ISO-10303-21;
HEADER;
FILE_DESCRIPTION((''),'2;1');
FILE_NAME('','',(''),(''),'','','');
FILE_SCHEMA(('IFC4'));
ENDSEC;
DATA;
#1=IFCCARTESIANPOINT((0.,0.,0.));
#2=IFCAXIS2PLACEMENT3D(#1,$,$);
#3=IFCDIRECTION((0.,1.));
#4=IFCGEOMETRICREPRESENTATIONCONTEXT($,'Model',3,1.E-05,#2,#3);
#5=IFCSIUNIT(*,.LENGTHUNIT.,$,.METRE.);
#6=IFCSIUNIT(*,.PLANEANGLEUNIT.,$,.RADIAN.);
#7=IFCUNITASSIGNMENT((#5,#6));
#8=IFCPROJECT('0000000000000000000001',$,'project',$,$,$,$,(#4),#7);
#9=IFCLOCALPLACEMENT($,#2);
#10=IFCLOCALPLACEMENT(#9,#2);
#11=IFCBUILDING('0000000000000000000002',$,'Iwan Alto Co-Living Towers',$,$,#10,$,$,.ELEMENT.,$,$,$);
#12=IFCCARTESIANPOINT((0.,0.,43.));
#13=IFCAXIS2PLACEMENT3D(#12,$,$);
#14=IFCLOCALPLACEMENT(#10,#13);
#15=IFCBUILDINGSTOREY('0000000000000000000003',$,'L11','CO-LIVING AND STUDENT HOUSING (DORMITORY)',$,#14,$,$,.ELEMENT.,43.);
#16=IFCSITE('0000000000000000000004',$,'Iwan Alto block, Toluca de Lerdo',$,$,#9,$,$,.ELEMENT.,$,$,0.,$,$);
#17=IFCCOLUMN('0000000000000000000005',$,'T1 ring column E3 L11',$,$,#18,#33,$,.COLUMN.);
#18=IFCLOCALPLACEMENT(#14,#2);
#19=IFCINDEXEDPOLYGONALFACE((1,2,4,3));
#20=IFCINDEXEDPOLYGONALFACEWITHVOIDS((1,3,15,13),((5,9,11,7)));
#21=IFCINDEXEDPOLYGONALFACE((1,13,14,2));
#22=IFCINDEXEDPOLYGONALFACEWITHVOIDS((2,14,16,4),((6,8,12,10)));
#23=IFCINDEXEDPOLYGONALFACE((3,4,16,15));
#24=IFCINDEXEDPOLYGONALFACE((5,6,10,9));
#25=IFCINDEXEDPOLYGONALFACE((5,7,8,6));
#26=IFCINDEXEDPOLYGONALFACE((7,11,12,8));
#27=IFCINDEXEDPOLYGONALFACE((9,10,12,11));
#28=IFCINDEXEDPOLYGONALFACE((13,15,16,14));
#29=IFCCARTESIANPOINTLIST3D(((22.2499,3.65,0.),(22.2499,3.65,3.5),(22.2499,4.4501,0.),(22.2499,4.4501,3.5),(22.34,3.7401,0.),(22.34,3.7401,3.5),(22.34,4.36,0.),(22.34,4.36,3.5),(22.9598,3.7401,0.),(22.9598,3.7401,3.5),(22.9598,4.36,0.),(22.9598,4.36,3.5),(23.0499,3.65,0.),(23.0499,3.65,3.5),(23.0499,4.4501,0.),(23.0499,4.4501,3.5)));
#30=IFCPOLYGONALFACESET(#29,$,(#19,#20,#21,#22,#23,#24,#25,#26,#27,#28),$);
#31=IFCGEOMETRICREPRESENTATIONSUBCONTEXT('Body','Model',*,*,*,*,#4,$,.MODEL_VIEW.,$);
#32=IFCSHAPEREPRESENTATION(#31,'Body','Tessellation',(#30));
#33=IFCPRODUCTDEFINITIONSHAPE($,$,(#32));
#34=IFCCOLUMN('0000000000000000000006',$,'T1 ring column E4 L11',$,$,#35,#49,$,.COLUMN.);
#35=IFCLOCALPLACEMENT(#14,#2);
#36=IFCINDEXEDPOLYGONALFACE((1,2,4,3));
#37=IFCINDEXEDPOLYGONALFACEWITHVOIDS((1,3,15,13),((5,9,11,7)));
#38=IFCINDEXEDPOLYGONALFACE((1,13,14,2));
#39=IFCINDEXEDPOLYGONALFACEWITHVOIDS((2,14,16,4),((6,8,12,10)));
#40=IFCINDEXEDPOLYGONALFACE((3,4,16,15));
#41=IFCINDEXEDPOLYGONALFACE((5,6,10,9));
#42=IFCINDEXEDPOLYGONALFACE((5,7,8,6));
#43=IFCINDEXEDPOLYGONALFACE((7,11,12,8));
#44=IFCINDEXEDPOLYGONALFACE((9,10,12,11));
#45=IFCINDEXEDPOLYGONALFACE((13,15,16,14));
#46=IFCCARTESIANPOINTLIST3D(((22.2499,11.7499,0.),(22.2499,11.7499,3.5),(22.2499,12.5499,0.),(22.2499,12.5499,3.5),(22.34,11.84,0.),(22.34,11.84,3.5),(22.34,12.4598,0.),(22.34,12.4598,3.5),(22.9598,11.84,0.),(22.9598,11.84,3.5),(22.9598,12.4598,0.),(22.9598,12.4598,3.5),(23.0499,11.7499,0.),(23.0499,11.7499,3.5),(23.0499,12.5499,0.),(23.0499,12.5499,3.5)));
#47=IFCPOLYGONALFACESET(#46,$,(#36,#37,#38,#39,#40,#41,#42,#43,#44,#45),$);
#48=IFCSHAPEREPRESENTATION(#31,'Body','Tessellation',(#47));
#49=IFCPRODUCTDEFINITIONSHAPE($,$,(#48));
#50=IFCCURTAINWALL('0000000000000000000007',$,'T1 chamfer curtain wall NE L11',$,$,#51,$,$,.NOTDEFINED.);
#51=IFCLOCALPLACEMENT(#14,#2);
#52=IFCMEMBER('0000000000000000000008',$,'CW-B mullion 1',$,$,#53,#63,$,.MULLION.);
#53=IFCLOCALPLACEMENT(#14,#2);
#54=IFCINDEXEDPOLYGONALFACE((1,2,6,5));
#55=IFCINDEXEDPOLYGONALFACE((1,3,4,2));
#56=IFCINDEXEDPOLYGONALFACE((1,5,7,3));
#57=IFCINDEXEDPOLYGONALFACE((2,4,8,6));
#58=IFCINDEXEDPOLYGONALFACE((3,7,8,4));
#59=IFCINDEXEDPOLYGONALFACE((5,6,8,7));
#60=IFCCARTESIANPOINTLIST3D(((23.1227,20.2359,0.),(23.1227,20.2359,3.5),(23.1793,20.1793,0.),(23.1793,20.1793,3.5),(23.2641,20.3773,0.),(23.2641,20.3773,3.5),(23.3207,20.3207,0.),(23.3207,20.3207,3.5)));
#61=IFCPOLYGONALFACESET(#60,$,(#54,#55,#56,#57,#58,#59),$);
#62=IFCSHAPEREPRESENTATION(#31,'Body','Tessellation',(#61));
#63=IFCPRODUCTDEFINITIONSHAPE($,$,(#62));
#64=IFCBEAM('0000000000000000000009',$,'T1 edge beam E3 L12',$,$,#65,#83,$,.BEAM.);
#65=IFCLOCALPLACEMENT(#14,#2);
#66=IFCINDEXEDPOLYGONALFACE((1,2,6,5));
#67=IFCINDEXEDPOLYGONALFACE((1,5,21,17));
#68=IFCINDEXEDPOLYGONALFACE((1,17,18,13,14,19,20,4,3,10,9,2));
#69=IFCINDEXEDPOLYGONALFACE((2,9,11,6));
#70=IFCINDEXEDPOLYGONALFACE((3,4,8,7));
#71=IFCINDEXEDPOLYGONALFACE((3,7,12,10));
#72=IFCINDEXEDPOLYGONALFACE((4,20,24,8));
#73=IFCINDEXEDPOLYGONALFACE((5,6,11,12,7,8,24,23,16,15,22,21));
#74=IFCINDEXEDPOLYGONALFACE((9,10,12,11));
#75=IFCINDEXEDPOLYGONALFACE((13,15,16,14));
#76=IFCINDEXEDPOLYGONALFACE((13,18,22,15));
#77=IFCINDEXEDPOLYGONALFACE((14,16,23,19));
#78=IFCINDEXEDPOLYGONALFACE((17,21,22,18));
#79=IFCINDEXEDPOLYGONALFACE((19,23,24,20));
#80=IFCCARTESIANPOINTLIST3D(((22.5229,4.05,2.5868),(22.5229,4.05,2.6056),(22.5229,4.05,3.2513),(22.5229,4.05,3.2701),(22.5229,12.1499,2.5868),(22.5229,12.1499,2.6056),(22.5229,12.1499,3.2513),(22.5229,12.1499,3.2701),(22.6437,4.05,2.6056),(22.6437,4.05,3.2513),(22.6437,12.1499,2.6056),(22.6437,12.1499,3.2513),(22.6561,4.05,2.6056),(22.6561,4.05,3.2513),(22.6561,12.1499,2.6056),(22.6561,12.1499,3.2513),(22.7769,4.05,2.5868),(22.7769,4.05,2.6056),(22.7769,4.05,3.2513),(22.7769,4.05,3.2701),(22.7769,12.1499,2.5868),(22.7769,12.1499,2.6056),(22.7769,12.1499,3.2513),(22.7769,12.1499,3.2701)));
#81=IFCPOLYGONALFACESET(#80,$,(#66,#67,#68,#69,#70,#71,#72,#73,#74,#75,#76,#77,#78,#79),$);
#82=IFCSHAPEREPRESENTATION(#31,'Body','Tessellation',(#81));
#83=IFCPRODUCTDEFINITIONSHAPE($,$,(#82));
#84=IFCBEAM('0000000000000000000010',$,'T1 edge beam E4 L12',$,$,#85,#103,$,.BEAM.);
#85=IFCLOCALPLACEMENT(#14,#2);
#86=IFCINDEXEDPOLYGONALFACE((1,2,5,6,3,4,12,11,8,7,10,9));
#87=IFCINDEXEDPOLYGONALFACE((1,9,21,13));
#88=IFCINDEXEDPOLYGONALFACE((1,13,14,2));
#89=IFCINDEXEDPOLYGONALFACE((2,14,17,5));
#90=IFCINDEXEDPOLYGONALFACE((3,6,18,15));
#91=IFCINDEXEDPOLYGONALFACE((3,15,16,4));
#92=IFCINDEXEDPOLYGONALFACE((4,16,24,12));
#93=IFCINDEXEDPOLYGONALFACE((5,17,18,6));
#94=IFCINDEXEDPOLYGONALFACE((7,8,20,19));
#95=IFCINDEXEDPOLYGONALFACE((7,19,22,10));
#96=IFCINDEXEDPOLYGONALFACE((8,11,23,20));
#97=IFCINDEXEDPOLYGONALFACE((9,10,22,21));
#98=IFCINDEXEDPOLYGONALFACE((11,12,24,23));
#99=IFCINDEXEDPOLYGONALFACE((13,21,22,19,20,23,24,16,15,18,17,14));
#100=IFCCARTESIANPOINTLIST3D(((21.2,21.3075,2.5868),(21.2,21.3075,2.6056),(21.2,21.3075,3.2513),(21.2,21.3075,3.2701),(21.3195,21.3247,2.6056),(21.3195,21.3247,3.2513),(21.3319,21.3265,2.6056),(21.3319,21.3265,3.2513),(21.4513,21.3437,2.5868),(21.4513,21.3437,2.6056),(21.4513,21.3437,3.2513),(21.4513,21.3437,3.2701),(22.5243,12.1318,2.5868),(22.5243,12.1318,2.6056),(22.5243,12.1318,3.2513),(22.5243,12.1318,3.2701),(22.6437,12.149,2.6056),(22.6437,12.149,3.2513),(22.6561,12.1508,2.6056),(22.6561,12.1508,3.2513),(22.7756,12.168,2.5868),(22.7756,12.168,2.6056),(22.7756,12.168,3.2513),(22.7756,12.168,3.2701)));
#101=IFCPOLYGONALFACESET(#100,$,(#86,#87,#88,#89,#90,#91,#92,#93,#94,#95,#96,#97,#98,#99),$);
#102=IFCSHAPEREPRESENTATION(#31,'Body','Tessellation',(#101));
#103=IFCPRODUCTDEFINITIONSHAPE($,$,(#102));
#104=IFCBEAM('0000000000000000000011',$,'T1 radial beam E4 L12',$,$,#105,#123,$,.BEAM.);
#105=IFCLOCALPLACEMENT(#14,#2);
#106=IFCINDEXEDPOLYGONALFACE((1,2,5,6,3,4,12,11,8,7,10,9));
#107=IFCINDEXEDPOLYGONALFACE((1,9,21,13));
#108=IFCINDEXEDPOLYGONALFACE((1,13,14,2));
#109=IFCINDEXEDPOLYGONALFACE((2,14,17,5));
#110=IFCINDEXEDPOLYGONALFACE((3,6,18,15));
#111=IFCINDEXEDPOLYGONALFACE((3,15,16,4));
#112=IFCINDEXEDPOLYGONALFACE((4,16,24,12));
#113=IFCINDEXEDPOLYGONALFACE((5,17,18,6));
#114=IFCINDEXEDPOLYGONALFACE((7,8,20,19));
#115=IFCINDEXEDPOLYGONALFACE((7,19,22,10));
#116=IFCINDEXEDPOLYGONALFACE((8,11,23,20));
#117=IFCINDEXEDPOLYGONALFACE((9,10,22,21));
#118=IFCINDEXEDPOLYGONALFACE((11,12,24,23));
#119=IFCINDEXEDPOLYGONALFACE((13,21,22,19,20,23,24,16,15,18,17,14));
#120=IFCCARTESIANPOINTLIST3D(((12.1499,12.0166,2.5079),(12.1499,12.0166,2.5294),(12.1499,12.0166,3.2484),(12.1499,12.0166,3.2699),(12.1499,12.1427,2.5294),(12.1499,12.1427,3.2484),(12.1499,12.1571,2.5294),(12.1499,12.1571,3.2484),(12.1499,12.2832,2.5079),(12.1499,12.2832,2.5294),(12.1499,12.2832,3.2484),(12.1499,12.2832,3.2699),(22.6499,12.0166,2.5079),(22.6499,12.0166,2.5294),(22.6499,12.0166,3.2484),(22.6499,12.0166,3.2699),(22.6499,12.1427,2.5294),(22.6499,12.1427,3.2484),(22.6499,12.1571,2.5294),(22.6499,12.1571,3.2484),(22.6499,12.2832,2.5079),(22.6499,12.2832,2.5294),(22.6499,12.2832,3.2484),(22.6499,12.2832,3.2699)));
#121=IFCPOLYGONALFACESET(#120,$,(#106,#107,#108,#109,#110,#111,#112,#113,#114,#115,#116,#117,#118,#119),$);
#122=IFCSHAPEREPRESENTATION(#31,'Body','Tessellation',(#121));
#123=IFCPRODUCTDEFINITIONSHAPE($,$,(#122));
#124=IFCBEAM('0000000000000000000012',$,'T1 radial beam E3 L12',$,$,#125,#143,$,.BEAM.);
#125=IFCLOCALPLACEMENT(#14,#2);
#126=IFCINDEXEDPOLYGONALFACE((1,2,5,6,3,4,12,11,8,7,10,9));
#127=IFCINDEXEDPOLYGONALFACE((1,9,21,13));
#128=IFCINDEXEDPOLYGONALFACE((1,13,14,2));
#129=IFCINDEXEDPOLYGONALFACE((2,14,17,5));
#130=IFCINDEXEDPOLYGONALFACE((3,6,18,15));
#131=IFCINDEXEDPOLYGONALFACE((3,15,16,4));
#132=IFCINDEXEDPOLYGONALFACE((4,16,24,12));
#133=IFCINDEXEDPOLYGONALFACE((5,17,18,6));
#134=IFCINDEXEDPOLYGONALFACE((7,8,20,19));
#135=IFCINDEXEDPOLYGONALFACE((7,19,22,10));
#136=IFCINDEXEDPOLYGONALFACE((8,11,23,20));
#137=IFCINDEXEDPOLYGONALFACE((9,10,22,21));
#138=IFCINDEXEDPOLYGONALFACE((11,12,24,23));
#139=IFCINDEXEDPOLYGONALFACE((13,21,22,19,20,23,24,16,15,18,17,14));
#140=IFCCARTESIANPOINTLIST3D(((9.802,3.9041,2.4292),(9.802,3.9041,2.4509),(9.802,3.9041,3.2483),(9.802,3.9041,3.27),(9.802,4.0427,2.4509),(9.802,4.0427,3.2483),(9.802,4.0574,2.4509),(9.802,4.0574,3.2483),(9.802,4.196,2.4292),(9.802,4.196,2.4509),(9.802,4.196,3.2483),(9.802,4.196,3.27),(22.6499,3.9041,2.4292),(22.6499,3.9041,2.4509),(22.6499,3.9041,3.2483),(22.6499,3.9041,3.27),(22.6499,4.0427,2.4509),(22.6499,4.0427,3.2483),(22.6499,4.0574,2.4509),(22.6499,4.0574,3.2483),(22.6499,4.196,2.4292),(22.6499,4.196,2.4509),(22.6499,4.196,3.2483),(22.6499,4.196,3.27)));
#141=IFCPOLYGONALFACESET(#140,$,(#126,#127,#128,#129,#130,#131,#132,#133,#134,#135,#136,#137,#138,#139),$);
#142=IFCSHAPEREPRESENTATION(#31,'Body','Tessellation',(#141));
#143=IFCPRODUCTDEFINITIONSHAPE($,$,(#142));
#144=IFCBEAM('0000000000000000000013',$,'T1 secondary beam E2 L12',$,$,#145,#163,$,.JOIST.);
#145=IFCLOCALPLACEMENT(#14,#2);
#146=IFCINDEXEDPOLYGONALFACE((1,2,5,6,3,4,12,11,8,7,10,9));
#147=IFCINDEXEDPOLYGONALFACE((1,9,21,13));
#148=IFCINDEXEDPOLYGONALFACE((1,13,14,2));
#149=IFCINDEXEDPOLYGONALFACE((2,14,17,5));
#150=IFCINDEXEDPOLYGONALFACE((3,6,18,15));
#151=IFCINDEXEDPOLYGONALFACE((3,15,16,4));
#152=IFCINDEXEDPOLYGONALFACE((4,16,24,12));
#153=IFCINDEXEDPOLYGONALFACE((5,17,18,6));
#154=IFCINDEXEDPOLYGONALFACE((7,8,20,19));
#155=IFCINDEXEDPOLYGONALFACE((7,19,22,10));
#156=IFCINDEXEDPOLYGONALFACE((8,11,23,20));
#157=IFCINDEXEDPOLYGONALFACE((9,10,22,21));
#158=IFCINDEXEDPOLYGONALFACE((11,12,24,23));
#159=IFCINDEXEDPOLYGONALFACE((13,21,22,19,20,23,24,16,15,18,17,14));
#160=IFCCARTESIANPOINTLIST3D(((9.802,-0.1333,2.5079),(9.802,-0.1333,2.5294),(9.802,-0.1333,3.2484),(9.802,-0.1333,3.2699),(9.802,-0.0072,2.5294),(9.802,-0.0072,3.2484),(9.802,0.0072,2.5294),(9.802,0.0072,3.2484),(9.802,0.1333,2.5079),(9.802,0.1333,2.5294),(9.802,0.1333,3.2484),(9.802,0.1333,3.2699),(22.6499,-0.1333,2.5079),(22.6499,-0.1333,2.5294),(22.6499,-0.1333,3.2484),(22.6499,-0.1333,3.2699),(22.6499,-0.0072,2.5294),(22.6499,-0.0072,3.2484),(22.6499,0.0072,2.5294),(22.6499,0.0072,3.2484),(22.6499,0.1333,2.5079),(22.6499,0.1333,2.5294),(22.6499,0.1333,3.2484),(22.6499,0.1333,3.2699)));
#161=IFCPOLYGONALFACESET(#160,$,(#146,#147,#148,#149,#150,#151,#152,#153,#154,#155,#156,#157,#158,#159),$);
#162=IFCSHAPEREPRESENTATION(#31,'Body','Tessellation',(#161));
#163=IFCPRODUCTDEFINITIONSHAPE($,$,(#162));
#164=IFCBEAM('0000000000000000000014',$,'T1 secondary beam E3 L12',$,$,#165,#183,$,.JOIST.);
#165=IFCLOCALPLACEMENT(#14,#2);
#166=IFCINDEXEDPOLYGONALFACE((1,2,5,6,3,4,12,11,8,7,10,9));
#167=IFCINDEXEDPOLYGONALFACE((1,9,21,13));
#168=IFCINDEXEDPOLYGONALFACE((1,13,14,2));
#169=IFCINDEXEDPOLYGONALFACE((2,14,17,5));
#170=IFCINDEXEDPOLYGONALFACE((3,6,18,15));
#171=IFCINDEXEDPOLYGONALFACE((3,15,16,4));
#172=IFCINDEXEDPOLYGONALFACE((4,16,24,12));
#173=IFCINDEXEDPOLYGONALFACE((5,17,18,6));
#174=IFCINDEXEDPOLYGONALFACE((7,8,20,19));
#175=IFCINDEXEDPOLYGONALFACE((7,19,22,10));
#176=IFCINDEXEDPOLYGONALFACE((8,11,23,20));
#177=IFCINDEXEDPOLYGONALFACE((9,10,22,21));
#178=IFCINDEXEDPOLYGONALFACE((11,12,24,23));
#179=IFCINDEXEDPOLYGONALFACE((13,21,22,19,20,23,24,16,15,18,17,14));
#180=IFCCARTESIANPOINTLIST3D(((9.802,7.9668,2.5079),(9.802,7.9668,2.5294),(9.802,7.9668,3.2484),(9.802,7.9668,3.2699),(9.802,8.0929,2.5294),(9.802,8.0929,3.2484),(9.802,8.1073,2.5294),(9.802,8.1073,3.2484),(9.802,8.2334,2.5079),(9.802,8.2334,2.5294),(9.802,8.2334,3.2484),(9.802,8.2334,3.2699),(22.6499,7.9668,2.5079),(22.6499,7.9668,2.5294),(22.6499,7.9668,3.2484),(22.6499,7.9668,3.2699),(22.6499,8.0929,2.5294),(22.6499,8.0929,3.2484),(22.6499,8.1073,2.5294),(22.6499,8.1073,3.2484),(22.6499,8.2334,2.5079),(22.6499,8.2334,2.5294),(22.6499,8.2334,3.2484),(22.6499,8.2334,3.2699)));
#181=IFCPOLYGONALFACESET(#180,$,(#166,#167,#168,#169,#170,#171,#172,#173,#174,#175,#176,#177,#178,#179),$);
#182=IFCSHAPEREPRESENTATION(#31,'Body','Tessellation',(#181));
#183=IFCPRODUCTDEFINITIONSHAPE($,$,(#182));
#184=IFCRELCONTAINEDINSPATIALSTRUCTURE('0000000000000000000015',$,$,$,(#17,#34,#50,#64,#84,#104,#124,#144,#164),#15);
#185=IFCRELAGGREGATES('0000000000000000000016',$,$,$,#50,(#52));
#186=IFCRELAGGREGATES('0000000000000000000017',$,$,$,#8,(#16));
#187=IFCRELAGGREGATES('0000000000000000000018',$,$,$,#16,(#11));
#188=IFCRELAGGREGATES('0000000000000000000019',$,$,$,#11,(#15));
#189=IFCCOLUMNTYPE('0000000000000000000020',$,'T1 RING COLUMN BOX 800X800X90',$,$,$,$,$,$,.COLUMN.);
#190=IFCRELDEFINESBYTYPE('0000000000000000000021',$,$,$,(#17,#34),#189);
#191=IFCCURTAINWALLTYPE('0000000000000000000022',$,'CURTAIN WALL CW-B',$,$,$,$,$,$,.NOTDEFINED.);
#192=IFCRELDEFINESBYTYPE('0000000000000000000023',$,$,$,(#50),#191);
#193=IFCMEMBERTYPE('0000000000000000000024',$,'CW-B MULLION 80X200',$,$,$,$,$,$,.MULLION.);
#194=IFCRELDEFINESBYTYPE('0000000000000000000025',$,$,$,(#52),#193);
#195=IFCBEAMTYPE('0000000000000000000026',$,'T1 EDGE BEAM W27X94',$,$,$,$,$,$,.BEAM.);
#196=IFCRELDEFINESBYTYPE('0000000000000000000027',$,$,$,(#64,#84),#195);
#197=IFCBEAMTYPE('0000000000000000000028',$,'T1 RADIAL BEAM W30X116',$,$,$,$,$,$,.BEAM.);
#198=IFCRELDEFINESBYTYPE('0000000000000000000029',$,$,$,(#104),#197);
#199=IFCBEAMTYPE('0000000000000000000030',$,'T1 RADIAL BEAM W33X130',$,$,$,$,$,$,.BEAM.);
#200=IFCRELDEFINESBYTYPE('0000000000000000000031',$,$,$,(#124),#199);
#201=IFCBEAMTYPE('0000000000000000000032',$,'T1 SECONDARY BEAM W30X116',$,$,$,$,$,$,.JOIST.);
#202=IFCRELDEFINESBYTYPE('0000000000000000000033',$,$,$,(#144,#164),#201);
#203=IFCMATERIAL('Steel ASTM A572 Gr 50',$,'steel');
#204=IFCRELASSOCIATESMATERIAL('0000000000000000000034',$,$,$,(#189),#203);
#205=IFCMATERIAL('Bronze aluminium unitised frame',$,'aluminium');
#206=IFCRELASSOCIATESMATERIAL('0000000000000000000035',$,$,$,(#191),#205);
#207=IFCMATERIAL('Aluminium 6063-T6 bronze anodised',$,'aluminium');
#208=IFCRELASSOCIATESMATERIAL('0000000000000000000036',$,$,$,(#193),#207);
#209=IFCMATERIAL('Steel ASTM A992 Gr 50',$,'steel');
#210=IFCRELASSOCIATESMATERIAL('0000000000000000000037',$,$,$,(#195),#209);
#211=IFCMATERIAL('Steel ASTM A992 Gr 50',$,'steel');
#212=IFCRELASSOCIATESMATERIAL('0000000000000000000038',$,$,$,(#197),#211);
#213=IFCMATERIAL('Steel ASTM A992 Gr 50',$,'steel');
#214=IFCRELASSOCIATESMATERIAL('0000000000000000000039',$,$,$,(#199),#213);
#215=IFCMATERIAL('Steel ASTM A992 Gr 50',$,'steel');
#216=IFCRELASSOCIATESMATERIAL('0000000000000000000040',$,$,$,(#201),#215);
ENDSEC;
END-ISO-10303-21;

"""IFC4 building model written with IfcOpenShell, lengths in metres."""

from ifc_helpers import new_model, si_unit, direction, frame, origin, origin_2d, place, context, subcontext, project, spatial, rectangle, hollow_rectangle, i_section, extrude, material, material_profile, profile_set, type_object, element, aggregate, save


model = new_model("IFC4")

# Units and contexts
model_context = context("Model", 3, precision=1e-05, world=origin(), true_north=direction((0.0, 1.0)))
body_context = subcontext(model_context, "Body", "Model", "MODEL_VIEW")
ifc_project = project(units=[si_unit("LENGTHUNIT", "METRE"), si_unit("PLANEANGLEUNIT", "RADIAN")], contexts=[model_context])

# Site, building, storey
site_placement = place(None, origin())
site = spatial("IfcSite", under=ifc_project, at=site_placement, Name="Iwan Alto block, Toluca de Lerdo", CompositionType="ELEMENT", RefElevation=0.0)
building_placement = place(site_placement, origin())
building = spatial("IfcBuilding", under=site, at=building_placement, Name="Iwan Alto Co-Living Towers", CompositionType="ELEMENT")
storey_placement = place(building_placement, frame((0.0, 0.0, 43.0)))
storey = spatial("IfcBuildingStorey", under=building, at=storey_placement, Name="L11", Description="CO-LIVING AND STUDENT HOUSING (DORMITORY)", CompositionType="ELEMENT", Elevation=43.0)

# Columns
ifc_material_1 = material(Name="Steel ASTM A572 Gr 50", Category="steel")
ifc_material_profile_1 = material_profile(ifc_material_1, hollow_rectangle(XDim=0.8, YDim=0.8, WallThickness=0.0901, at=origin_2d()), Name="BOX 800X800X90")
ifc_profile_set_1 = profile_set([ifc_material_profile_1], Name="Steel ASTM A572 Gr 50")
column_type = type_object("IfcColumnType", Name="T1 RING COLUMN BOX 800X800X90", PredefinedType="COLUMN", material=ifc_profile_set_1)
for number, where, z_axis, x_axis, name in (
    (1, (22.6499, 4.05, 0.0), (0.0, 0.0, 1.0), (1.0, 0.0, 0.0), "T1 ring column E3 L11"),
    (2, (22.6499, 12.1499, 0.0), (0.0, 0.0, 1.0), (1.0, 0.0, 0.0), "T1 ring column E4 L11"),
):
    element("IfcColumn", number, at=place(storey_placement, frame(where, z_axis=z_axis, x_axis=x_axis)), inside=storey, type_object=column_type, Name=name, PredefinedType="COLUMN", context=body_context, shape_type="SweptSolid", body=[
        extrude(hollow_rectangle(XDim=0.8, YDim=0.8, WallThickness=0.0901, at=origin_2d()), origin(), (0.0, 0.0, 1.0), 3.5),
    ])

# Curtain wall, member
ifc_material_2 = material(Name="Bronze aluminium unitised frame", Category="aluminium")
curtain_wall_type = type_object("IfcCurtainWallType", Name="CURTAIN WALL CW-B", PredefinedType="NOTDEFINED", material=ifc_material_2)
curtain_wall_placement = place(storey_placement, origin())
curtain_wall = element("IfcCurtainWall", 3, at=curtain_wall_placement, inside=storey, type_object=curtain_wall_type, Name="T1 chamfer curtain wall NE L11", PredefinedType="NOTDEFINED")
ifc_material_3 = material(Name="Aluminium 6063-T6 bronze anodised", Category="aluminium")
ifc_material_profile_2 = material_profile(ifc_material_3, rectangle(XDim=0.2, YDim=0.0801, at=origin_2d()), Name="AL 80X200")
ifc_profile_set_2 = profile_set([ifc_material_profile_2], Name="Aluminium 6063-T6 bronze anodised")
member_type = type_object("IfcMemberType", Name="CW-B MULLION 80X200", PredefinedType="MULLION", material=ifc_profile_set_2)
member_placement = place(storey_placement, frame((23.2217, 20.2783, 0.0), z_axis=(0.0, 0.0, 1.0), x_axis=(-0.707107, -0.707107, 0.0)))
member = element("IfcMember", 4, at=member_placement, type_object=member_type, Name="CW-B mullion 1", PredefinedType="MULLION", context=body_context, shape_type="SweptSolid", body=[
    extrude(rectangle(XDim=0.2, YDim=0.0801, at=origin_2d()), origin(), (0.0, 0.0, 1.0), 3.5),
])
aggregate(curtain_wall, [member])

# Beams
ifc_material_4 = material(Name="Steel ASTM A992 Gr 50", Category="steel")
ifc_material_profile_3 = material_profile(ifc_material_4, i_section(OverallWidth=0.2539, OverallDepth=0.6833, WebThickness=0.0125, FlangeThickness=0.0188, at=origin_2d()), Name="W27X94")
ifc_profile_set_3 = profile_set([ifc_material_profile_3], Name="Steel ASTM A992 Gr 50")
beam_type_1 = type_object("IfcBeamType", Name="T1 EDGE BEAM W27X94", PredefinedType="BEAM", material=ifc_profile_set_3)
beam_1_placement = place(storey_placement, frame((22.6499, 4.05, 2.9285), z_axis=(0.0, 1.0, 0.0), x_axis=(-1.0, 0.0, 0.0)))
element("IfcBeam", 5, at=beam_1_placement, inside=storey, type_object=beam_type_1, Name="T1 edge beam E3 L12", PredefinedType="BEAM", context=body_context, shape_type="SweptSolid", body=[
    extrude(i_section(OverallWidth=0.2539, OverallDepth=0.6833, WebThickness=0.0125, FlangeThickness=0.0188, at=origin_2d()), origin(), (0.0, 0.0, 1.0), 8.0999),
])
beam_2_placement = place(storey_placement, frame((22.6499, 12.1499, 2.9285), z_axis=(-0.142837, 0.989746, 0.0), x_axis=(-0.989746, -0.142837, 0.0)))
element("IfcBeam", 6, at=beam_2_placement, inside=storey, type_object=beam_type_1, Name="T1 edge beam E4 L12", PredefinedType="BEAM", context=body_context, shape_type="SweptSolid", body=[
    extrude(i_section(OverallWidth=0.2539, OverallDepth=0.6833, WebThickness=0.0125, FlangeThickness=0.0188, at=origin_2d()), origin(), (0.0, 0.0, 1.0), 9.2708),
])
ifc_material_5 = material(Name="Steel ASTM A992 Gr 50", Category="steel")
ifc_material_profile_4 = material_profile(ifc_material_5, i_section(OverallWidth=0.2666, OverallDepth=0.762, WebThickness=0.0144, FlangeThickness=0.0215, at=origin_2d()), Name="W30X116")
ifc_profile_set_4 = profile_set([ifc_material_profile_4], Name="Steel ASTM A992 Gr 50")
beam_type_2 = type_object("IfcBeamType", Name="T1 RADIAL BEAM W30X116", PredefinedType="BEAM", material=ifc_profile_set_4)
beam_3_placement = place(storey_placement, frame((22.6499, 12.1499, 2.8889), z_axis=(-1.0, 0.0, 0.0), x_axis=(0.0, -1.0, 0.0)))
element("IfcBeam", 7, at=beam_3_placement, inside=storey, type_object=beam_type_2, Name="T1 radial beam E4 L12", PredefinedType="BEAM", context=body_context, shape_type="SweptSolid", body=[
    extrude(i_section(OverallWidth=0.2666, OverallDepth=0.762, WebThickness=0.0144, FlangeThickness=0.0215, at=origin_2d()), origin(), (0.0, 0.0, 1.0), 10.5),
])
ifc_material_6 = material(Name="Steel ASTM A992 Gr 50", Category="steel")
ifc_material_profile_5 = material_profile(ifc_material_6, i_section(OverallWidth=0.292, OverallDepth=0.8408, WebThickness=0.0146, FlangeThickness=0.0217, at=origin_2d()), Name="W33X130")
ifc_profile_set_5 = profile_set([ifc_material_profile_5], Name="Steel ASTM A992 Gr 50")
beam_type_3 = type_object("IfcBeamType", Name="T1 RADIAL BEAM W33X130", PredefinedType="BEAM", material=ifc_profile_set_5)
beam_4_placement = place(storey_placement, frame((22.6499, 4.05, 2.8496), z_axis=(-1.0, 0.0, 0.0), x_axis=(0.0, -1.0, 0.0)))
element("IfcBeam", 8, at=beam_4_placement, inside=storey, type_object=beam_type_3, Name="T1 radial beam E3 L12", PredefinedType="BEAM", context=body_context, shape_type="SweptSolid", body=[
    extrude(i_section(OverallWidth=0.292, OverallDepth=0.8408, WebThickness=0.0146, FlangeThickness=0.0217, at=origin_2d()), origin(), (0.0, 0.0, 1.0), 12.8479),
])
ifc_material_7 = material(Name="Steel ASTM A992 Gr 50", Category="steel")
ifc_material_profile_6 = material_profile(ifc_material_7, i_section(OverallWidth=0.2666, OverallDepth=0.762, WebThickness=0.0144, FlangeThickness=0.0215, at=origin_2d()), Name="W30X116")
ifc_profile_set_6 = profile_set([ifc_material_profile_6], Name="Steel ASTM A992 Gr 50")
beam_type_4 = type_object("IfcBeamType", Name="T1 SECONDARY BEAM W30X116", PredefinedType="JOIST", material=ifc_profile_set_6)
for number, where, z_axis, x_axis, name in (
    (9, (22.6499, 0.0, 2.8889), (-1.0, 0.0, 0.0), (0.0, -1.0, 0.0), "T1 secondary beam E2 L12"),
    (10, (22.6499, 8.1001, 2.8889), (-1.0, 0.0, 0.0), (0.0, -1.0, 0.0), "T1 secondary beam E3 L12"),
):
    element("IfcBeam", number, at=place(storey_placement, frame(where, z_axis=z_axis, x_axis=x_axis)), inside=storey, type_object=beam_type_4, Name=name, PredefinedType="JOIST", context=body_context, shape_type="SweptSolid", body=[
        extrude(i_section(OverallWidth=0.2666, OverallDepth=0.762, WebThickness=0.0144, FlangeThickness=0.0215, at=origin_2d()), origin(), (0.0, 0.0, 1.0), 12.8479),
    ])

save(model, "model.ifc")
